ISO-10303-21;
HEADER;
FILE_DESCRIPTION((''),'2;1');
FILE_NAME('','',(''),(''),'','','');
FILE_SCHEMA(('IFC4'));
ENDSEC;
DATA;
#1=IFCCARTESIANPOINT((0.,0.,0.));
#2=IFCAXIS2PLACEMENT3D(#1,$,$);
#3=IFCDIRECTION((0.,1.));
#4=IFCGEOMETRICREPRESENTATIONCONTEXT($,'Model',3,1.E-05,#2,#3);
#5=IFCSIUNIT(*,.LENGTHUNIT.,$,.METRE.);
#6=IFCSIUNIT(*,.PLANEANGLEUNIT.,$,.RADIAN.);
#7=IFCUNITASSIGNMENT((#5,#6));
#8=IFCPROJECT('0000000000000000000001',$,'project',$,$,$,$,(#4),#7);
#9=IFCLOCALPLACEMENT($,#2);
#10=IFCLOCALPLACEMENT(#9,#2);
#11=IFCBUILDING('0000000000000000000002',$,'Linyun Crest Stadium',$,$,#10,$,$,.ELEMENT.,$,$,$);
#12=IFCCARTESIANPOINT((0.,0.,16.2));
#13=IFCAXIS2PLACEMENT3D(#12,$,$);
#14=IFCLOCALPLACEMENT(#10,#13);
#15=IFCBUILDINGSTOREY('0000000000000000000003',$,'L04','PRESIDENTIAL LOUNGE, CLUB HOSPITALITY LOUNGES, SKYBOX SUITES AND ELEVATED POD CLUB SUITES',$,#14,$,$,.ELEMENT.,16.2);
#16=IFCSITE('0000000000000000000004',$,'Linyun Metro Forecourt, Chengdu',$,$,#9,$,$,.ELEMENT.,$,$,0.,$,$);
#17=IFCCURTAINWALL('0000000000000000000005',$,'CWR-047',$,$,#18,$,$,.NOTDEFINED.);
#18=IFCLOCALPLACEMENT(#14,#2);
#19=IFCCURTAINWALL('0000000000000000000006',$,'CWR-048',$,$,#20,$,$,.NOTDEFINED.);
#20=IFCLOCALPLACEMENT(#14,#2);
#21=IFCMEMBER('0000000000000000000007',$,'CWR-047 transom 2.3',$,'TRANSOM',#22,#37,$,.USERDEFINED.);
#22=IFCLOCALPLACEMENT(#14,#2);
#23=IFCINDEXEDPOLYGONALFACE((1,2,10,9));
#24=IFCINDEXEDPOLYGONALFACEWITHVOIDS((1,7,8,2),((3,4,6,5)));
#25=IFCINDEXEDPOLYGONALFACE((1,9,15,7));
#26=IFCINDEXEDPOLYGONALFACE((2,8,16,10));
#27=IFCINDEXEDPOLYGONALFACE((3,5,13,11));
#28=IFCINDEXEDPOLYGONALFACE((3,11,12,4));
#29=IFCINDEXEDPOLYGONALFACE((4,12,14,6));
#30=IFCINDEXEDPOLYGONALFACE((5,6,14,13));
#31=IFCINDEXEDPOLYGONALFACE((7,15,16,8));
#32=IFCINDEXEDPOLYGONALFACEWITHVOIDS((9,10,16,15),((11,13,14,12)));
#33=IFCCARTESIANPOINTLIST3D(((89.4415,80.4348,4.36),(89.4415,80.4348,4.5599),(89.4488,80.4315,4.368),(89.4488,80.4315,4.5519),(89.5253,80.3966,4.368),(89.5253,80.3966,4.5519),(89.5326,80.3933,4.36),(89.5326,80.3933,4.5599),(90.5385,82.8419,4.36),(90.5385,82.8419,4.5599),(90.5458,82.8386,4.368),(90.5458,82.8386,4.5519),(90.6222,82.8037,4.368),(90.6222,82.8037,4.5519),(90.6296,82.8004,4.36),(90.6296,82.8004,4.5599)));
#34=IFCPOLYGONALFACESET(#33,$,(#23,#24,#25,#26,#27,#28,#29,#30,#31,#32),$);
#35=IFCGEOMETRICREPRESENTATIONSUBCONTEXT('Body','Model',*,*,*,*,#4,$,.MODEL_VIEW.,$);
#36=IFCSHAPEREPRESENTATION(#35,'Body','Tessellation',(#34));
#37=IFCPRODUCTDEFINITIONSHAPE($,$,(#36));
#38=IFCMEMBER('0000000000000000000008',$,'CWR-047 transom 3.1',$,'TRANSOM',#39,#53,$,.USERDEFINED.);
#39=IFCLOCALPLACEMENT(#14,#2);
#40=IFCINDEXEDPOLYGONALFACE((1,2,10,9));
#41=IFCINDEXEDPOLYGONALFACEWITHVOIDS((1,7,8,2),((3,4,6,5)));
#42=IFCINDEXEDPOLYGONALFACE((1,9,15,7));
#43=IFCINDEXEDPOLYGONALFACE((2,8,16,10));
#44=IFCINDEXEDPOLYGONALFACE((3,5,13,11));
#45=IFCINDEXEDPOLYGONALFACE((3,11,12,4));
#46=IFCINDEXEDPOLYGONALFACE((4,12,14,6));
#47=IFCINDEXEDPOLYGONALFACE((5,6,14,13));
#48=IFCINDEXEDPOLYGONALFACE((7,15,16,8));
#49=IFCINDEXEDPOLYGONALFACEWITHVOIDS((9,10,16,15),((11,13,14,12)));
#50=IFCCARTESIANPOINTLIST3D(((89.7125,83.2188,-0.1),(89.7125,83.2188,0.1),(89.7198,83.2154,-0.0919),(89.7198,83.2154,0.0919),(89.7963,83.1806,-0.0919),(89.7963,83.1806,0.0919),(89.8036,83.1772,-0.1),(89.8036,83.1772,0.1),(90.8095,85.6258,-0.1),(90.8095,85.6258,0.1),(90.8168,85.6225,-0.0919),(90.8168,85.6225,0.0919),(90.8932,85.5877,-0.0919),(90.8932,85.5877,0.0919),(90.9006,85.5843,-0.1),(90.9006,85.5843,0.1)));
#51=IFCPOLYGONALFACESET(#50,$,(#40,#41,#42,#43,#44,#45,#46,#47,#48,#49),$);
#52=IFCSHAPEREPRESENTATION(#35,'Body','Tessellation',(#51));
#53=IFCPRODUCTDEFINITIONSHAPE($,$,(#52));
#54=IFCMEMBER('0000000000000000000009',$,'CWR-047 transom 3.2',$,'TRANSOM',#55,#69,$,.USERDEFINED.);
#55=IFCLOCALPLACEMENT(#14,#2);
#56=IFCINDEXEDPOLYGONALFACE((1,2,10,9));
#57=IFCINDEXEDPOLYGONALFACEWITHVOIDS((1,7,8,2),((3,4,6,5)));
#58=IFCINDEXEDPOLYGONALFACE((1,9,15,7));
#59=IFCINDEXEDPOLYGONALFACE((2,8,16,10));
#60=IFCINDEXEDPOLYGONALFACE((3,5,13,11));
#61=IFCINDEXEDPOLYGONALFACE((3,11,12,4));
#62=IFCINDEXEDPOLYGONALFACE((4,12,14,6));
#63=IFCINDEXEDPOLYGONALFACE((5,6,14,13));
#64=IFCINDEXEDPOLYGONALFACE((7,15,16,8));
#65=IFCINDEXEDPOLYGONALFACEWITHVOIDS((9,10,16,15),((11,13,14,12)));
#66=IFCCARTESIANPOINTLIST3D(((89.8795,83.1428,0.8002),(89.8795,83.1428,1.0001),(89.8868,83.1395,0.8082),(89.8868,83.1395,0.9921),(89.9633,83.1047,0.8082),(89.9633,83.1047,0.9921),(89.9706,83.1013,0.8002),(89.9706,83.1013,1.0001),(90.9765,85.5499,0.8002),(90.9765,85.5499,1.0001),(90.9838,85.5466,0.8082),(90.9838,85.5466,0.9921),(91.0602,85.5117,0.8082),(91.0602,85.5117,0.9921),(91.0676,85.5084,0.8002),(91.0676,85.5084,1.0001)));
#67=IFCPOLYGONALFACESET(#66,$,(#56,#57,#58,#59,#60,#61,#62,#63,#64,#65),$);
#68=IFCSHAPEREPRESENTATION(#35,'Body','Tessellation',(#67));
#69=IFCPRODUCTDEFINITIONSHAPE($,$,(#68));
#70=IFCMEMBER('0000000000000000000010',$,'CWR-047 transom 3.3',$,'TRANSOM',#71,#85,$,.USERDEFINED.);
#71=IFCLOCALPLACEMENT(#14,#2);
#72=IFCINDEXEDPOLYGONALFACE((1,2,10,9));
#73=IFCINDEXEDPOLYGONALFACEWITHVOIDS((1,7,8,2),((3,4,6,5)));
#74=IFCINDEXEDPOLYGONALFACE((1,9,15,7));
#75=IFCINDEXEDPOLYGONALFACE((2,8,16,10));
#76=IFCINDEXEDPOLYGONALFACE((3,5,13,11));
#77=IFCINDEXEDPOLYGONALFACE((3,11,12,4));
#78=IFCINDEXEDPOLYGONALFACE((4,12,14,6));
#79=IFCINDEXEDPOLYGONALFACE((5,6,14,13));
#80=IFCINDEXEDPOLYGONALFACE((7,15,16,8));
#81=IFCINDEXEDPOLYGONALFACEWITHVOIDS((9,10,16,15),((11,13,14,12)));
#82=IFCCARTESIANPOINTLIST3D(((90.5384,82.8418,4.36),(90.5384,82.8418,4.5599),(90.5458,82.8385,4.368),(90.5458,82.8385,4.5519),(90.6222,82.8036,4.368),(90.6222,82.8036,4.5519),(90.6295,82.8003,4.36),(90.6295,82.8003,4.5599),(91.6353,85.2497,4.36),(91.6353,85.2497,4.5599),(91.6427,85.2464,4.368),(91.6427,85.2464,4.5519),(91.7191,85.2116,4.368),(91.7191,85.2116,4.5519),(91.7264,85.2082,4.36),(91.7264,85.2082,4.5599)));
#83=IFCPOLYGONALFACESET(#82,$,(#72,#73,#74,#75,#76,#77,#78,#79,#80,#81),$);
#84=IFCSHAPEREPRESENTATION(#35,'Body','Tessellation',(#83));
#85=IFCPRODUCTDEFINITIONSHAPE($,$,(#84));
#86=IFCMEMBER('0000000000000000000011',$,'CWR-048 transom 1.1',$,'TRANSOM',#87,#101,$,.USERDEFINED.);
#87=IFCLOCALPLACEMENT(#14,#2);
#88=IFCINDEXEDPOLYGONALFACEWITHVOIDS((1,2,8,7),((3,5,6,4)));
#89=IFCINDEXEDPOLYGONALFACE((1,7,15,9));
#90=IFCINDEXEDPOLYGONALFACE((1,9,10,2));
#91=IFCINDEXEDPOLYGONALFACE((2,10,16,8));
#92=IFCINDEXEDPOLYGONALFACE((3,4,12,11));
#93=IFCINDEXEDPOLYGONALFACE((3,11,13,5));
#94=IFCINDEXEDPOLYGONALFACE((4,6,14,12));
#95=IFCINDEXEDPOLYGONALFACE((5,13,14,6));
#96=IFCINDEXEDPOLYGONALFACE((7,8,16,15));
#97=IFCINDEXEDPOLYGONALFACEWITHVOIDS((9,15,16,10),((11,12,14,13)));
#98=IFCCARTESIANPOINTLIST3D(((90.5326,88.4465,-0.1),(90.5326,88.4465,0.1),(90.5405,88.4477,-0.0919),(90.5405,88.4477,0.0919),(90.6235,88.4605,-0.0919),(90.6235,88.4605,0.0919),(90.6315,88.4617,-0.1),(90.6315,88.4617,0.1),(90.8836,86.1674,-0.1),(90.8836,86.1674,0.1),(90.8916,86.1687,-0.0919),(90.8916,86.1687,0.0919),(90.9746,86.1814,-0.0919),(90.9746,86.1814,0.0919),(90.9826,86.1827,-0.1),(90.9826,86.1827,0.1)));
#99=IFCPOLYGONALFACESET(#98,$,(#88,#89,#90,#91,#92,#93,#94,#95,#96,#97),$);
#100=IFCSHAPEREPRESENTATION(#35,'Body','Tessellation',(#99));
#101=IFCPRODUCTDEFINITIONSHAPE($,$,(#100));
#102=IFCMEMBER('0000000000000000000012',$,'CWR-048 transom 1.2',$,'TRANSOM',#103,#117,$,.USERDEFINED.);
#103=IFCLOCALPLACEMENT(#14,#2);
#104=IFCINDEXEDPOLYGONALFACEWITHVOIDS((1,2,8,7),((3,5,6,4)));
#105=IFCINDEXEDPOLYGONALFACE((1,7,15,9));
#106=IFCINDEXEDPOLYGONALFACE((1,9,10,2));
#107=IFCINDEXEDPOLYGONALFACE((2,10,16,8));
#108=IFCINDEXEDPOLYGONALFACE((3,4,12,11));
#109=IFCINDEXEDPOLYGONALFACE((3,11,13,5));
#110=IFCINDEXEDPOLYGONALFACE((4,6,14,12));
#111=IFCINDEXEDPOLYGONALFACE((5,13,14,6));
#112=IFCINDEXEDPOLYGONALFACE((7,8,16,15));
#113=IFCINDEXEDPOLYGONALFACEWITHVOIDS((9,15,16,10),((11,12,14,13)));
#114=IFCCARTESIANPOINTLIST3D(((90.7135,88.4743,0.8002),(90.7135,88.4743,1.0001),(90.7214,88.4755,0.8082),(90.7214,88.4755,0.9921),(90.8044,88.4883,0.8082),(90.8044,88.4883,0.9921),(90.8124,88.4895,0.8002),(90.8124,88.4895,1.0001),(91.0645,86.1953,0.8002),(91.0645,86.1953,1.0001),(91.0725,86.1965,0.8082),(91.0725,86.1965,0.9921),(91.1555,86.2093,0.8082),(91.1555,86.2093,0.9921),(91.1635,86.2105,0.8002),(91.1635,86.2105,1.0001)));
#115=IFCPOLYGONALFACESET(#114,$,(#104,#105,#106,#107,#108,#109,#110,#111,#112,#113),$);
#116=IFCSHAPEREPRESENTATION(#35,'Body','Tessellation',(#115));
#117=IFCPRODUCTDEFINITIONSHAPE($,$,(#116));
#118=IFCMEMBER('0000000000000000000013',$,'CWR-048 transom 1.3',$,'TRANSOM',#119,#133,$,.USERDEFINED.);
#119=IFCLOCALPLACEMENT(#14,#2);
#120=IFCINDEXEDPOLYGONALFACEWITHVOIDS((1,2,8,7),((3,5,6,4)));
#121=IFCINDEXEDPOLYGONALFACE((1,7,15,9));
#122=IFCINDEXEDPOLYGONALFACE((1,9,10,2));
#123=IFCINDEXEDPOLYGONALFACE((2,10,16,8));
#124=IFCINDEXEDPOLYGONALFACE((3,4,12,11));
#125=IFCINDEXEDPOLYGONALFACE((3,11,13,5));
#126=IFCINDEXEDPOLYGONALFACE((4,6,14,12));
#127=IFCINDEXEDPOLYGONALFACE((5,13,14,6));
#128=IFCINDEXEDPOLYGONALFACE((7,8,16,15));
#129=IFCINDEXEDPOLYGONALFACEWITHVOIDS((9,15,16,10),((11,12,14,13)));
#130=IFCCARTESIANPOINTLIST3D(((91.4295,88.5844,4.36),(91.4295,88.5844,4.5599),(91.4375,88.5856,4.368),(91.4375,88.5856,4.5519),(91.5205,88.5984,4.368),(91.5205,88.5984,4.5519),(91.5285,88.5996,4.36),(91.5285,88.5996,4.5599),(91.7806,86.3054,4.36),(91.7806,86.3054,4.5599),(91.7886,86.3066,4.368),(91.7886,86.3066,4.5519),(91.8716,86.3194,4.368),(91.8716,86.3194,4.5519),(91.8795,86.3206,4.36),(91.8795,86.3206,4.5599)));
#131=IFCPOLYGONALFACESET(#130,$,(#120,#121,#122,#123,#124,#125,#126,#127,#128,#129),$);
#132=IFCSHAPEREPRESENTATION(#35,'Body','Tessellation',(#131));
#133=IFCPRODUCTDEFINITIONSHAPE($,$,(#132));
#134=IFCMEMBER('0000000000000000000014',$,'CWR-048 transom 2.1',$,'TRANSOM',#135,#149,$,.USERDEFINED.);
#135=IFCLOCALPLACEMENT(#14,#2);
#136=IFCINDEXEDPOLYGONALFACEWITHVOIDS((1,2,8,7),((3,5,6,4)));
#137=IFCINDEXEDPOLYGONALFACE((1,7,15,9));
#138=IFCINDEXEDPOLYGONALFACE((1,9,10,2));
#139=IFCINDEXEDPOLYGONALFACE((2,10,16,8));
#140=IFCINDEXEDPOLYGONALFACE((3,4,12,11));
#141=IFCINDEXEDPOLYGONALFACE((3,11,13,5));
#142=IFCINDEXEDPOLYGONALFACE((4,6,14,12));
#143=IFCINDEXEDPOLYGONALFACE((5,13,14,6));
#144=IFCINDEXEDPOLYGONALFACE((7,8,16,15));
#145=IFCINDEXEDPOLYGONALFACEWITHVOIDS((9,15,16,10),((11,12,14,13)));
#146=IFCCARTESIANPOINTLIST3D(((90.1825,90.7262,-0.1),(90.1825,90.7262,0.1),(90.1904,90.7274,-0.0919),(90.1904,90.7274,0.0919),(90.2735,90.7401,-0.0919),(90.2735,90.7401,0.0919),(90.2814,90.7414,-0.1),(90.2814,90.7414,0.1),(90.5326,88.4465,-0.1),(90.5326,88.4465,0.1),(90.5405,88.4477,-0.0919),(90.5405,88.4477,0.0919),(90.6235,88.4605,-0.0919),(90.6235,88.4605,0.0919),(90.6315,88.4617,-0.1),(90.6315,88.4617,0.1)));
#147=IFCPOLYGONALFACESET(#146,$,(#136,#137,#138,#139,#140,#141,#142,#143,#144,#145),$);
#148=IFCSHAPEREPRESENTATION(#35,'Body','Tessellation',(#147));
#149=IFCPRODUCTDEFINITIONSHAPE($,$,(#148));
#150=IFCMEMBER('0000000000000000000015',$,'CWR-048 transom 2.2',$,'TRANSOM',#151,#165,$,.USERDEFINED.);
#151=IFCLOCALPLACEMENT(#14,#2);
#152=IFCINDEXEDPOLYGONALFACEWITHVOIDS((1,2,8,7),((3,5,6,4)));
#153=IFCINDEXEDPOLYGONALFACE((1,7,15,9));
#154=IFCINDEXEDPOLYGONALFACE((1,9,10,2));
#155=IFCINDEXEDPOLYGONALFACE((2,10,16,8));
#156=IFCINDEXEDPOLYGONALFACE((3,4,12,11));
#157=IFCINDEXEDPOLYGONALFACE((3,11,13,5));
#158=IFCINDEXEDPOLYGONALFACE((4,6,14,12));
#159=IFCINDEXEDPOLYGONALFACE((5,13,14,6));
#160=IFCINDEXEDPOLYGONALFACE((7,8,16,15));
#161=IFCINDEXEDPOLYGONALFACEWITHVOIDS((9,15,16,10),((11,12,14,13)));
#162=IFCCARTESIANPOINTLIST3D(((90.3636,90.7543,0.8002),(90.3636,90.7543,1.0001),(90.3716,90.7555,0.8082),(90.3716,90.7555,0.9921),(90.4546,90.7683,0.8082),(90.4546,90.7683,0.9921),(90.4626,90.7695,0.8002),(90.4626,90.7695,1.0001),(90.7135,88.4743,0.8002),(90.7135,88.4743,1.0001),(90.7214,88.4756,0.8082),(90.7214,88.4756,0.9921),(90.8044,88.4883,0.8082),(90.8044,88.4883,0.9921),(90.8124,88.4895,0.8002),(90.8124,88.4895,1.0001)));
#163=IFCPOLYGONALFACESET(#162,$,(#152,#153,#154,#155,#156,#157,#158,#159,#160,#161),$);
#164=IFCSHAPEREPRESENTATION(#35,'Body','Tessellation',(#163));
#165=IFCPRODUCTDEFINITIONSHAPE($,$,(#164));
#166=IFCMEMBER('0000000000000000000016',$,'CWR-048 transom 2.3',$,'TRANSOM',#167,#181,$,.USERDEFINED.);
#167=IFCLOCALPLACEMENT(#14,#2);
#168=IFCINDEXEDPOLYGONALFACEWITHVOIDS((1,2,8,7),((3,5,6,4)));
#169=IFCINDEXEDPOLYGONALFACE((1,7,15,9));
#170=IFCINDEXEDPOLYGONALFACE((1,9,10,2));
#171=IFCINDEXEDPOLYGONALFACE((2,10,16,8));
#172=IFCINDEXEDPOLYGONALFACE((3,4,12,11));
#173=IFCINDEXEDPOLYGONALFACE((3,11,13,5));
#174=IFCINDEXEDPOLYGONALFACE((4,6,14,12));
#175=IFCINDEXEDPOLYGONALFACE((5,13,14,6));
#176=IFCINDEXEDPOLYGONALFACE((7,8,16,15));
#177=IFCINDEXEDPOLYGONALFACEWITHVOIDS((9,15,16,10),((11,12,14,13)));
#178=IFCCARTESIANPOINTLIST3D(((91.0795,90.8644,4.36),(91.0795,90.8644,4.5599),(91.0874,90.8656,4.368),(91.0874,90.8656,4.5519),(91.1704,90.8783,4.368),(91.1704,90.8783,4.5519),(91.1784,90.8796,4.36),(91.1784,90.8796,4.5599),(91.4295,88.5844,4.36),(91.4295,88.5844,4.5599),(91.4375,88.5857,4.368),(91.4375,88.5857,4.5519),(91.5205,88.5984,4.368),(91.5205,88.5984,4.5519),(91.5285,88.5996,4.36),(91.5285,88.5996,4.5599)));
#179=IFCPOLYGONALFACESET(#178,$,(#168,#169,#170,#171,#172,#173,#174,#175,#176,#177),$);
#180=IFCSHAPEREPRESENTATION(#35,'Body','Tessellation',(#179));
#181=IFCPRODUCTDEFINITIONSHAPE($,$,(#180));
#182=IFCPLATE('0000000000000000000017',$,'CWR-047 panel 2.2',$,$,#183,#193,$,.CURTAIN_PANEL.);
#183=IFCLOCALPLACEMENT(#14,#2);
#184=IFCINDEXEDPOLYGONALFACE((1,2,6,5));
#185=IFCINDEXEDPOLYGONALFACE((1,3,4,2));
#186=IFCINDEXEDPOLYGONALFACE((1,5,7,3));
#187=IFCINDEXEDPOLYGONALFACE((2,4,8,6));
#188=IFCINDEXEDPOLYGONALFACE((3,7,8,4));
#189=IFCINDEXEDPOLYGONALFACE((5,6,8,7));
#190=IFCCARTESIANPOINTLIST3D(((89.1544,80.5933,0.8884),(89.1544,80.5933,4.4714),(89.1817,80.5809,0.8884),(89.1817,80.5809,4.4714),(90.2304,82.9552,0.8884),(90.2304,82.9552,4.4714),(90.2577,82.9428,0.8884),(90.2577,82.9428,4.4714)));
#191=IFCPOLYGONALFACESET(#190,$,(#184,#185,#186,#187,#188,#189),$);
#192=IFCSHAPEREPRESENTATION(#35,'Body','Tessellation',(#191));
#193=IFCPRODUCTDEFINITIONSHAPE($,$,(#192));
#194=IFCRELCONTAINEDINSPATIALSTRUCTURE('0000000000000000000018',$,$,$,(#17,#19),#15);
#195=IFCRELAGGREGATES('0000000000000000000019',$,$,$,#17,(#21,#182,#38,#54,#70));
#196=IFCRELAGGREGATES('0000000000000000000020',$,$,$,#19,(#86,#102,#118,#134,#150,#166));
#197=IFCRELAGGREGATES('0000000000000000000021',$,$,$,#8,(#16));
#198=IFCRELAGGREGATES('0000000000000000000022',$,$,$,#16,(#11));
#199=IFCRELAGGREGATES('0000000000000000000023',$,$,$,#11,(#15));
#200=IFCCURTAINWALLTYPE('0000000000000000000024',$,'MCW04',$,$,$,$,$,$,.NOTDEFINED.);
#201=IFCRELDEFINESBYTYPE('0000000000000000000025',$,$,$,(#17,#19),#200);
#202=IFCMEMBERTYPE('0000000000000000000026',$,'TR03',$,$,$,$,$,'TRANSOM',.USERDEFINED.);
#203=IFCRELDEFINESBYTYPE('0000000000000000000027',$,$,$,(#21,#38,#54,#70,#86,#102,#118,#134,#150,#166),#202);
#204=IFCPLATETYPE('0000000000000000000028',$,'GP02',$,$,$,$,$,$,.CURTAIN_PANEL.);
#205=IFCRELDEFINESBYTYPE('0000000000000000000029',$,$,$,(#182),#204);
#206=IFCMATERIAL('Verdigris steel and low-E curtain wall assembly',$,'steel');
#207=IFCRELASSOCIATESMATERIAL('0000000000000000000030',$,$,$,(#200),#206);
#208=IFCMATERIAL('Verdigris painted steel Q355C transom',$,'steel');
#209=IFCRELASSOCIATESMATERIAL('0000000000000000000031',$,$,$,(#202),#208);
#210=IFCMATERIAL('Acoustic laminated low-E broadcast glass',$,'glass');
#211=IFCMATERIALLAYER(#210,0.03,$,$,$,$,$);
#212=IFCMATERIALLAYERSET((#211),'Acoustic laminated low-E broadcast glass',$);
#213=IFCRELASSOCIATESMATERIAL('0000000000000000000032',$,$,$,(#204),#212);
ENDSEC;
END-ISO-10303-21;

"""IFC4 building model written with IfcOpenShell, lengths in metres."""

from ifc_helpers import new_model, si_unit, direction, frame, origin, origin_2d, place, context, subcontext, project, spatial, rectangle, hollow_rectangle, extrude, material, layer, layer_set, material_profile, profile_set, type_object, element, aggregate, save


model = new_model("IFC4")

# Units and contexts
model_context = context("Model", 3, precision=1e-05, world=origin(), true_north=direction((0.0, 1.0)))
body_context = subcontext(model_context, "Body", "Model", "MODEL_VIEW")
ifc_project = project(units=[si_unit("LENGTHUNIT", "METRE"), si_unit("PLANEANGLEUNIT", "RADIAN")], contexts=[model_context])

# Site, building, storey
site_placement = place(None, origin())
site = spatial("IfcSite", under=ifc_project, at=site_placement, Name="Linyun Metro Forecourt, Chengdu", CompositionType="ELEMENT", RefElevation=0.0)
building_placement = place(site_placement, origin())
building = spatial("IfcBuilding", under=site, at=building_placement, Name="Linyun Crest Stadium", CompositionType="ELEMENT")
storey_placement = place(building_placement, frame((0.0, 0.0, 16.2)))
storey = spatial("IfcBuildingStorey", under=building, at=storey_placement, Name="L04", Description="PRESIDENTIAL LOUNGE, CLUB HOSPITALITY LOUNGES, SKYBOX SUITES AND ELEVATED POD CLUB SUITES", CompositionType="ELEMENT", Elevation=16.2)

# Curtain walls
ifc_material_1 = material(Name="Verdigris steel and low-E curtain wall assembly", Category="steel")
curtain_wall_type = type_object("IfcCurtainWallType", Name="MCW04", PredefinedType="NOTDEFINED", material=ifc_material_1)
curtain_wall_1_placement = place(storey_placement, origin())
curtain_wall_1 = element("IfcCurtainWall", 1, at=curtain_wall_1_placement, inside=storey, type_object=curtain_wall_type, Name="CWR-047", PredefinedType="NOTDEFINED")
curtain_wall_2_placement = place(storey_placement, origin())
curtain_wall_2 = element("IfcCurtainWall", 2, at=curtain_wall_2_placement, inside=storey, type_object=curtain_wall_type, Name="CWR-048", PredefinedType="NOTDEFINED")

# Members
ifc_material_2 = material(Name="Verdigris painted steel Q355C transom", Category="steel")
ifc_material_profile_1 = material_profile(ifc_material_2, hollow_rectangle(XDim=0.1001, YDim=0.2, WallThickness=0.0081, at=origin_2d()), Name="RHS 200x100x8")
ifc_profile_set_1 = profile_set([ifc_material_profile_1], Name="Verdigris painted steel Q355C transom")
member_type_1 = type_object("IfcMemberType", Name="TR03", ElementType="TRANSOM", PredefinedType="USERDEFINED", material=ifc_profile_set_1)
member_1_placement = place(storey_placement, frame((89.4871, 80.4141, 4.46), z_axis=(0.414693, 0.909961, 0.0), x_axis=(-0.909961, 0.414693, 0.0)))
member_1 = element("IfcMember", 3, at=member_1_placement, type_object=member_type_1, Name="CWR-047 transom 2.3", ObjectType="TRANSOM", PredefinedType="USERDEFINED", context=body_context, shape_type="SweptSolid", body=[
    extrude(hollow_rectangle(XDim=0.1001, YDim=0.2, WallThickness=0.0081, at=origin_2d()), origin(), (0.0, 0.0, 1.0), 2.6453),
])
member_2_placement = place(storey_placement, frame((89.7581, 83.198, 0.0), z_axis=(0.414693, 0.909961, 0.0), x_axis=(-0.909961, 0.414693, 0.0)))
member_2 = element("IfcMember", 4, at=member_2_placement, type_object=member_type_1, Name="CWR-047 transom 3.1", ObjectType="TRANSOM", PredefinedType="USERDEFINED", context=body_context, shape_type="SweptSolid", body=[
    extrude(hollow_rectangle(XDim=0.1001, YDim=0.2, WallThickness=0.0081, at=origin_2d()), origin(), (0.0, 0.0, 1.0), 2.6453),
])
member_3_placement = place(storey_placement, frame((89.925, 83.1221, 0.9001), z_axis=(0.414693, 0.909961, 0.0), x_axis=(-0.909961, 0.414693, 0.0)))
member_3 = element("IfcMember", 5, at=member_3_placement, type_object=member_type_1, Name="CWR-047 transom 3.2", ObjectType="TRANSOM", PredefinedType="USERDEFINED", context=body_context, shape_type="SweptSolid", body=[
    extrude(hollow_rectangle(XDim=0.1001, YDim=0.2, WallThickness=0.0081, at=origin_2d()), origin(), (0.0, 0.0, 1.0), 2.6453),
])
member_4_placement = place(storey_placement, frame((90.584, 82.821, 4.46), z_axis=(0.414554, 0.910025, 0.0), x_axis=(-0.910025, 0.414554, 0.0)))
member_4 = element("IfcMember", 6, at=member_4_placement, type_object=member_type_1, Name="CWR-047 transom 3.3", ObjectType="TRANSOM", PredefinedType="USERDEFINED", context=body_context, shape_type="SweptSolid", body=[
    extrude(hollow_rectangle(XDim=0.1001, YDim=0.2, WallThickness=0.0081, at=origin_2d()), origin(), (0.0, 0.0, 1.0), 2.646),
])
member_5_placement = place(storey_placement, frame((90.9331, 86.175, 0.0), z_axis=(-0.152248, 0.988342, 0.0), x_axis=(-0.988342, -0.152248, 0.0)))
member_5 = element("IfcMember", 7, at=member_5_placement, type_object=member_type_1, Name="CWR-048 transom 1.1", ObjectType="TRANSOM", PredefinedType="USERDEFINED", context=body_context, shape_type="SweptSolid", body=[
    extrude(hollow_rectangle(XDim=0.1001, YDim=0.2, WallThickness=0.0081, at=origin_2d()), origin(), (0.0, 0.0, 1.0), 2.3059),
])
member_6_placement = place(storey_placement, frame((91.114, 86.2029, 0.9001), z_axis=(-0.152248, 0.988342, 0.0), x_axis=(-0.988342, -0.152248, 0.0)))
member_6 = element("IfcMember", 8, at=member_6_placement, type_object=member_type_1, Name="CWR-048 transom 1.2", ObjectType="TRANSOM", PredefinedType="USERDEFINED", context=body_context, shape_type="SweptSolid", body=[
    extrude(hollow_rectangle(XDim=0.1001, YDim=0.2, WallThickness=0.0081, at=origin_2d()), origin(), (0.0, 0.0, 1.0), 2.3059),
])
member_7_placement = place(storey_placement, frame((91.8301, 86.313, 4.46), z_axis=(-0.152248, 0.988342, 0.0), x_axis=(-0.988342, -0.152248, 0.0)))
member_7 = element("IfcMember", 9, at=member_7_placement, type_object=member_type_1, Name="CWR-048 transom 1.3", ObjectType="TRANSOM", PredefinedType="USERDEFINED", context=body_context, shape_type="SweptSolid", body=[
    extrude(hollow_rectangle(XDim=0.1001, YDim=0.2, WallThickness=0.0081, at=origin_2d()), origin(), (0.0, 0.0, 1.0), 2.3059),
])
member_8_placement = place(storey_placement, frame((90.582, 88.4541, 0.0), z_axis=(-0.151787, 0.988413, 0.0), x_axis=(-0.988413, -0.151787, 0.0)))
member_8 = element("IfcMember", 10, at=member_8_placement, type_object=member_type_1, Name="CWR-048 transom 2.1", ObjectType="TRANSOM", PredefinedType="USERDEFINED", context=body_context, shape_type="SweptSolid", body=[
    extrude(hollow_rectangle(XDim=0.1001, YDim=0.2, WallThickness=0.0081, at=origin_2d()), origin(), (0.0, 0.0, 1.0), 2.3064),
])
member_9_placement = place(storey_placement, frame((90.7629, 88.4819, 0.9001), z_axis=(-0.151667, 0.988432, 0.0), x_axis=(-0.988432, -0.151667, 0.0)))
member_9 = element("IfcMember", 11, at=member_9_placement, type_object=member_type_1, Name="CWR-048 transom 2.2", ObjectType="TRANSOM", PredefinedType="USERDEFINED", context=body_context, shape_type="SweptSolid", body=[
    extrude(hollow_rectangle(XDim=0.1001, YDim=0.2, WallThickness=0.0081, at=origin_2d()), origin(), (0.0, 0.0, 1.0), 2.3066),
])
member_10_placement = place(storey_placement, frame((91.479, 88.592, 4.46), z_axis=(-0.151771, 0.988416, 0.0), x_axis=(-0.988416, -0.151771, 0.0)))
member_10 = element("IfcMember", 12, at=member_10_placement, type_object=member_type_1, Name="CWR-048 transom 2.3", ObjectType="TRANSOM", PredefinedType="USERDEFINED", context=body_context, shape_type="SweptSolid", body=[
    extrude(hollow_rectangle(XDim=0.1001, YDim=0.2, WallThickness=0.0081, at=origin_2d()), origin(), (0.0, 0.0, 1.0), 2.3066),
])

# Plate
ifc_material_3 = material(Name="Acoustic laminated low-E broadcast glass", Category="glass")
ifc_layer_1 = layer(ifc_material_3, 0.03)
ifc_layer_set_1 = layer_set([ifc_layer_1], Name="Acoustic laminated low-E broadcast glass")
plate_type_1 = type_object("IfcPlateType", Name="GP02", PredefinedType="CURTAIN_PANEL", material=ifc_layer_set_1)
plate_1_placement = place(storey_placement, frame((89.7061, 81.7681, 0.8884), z_axis=(0.0, 0.0, 1.0), x_axis=(0.414566, 0.910019, 0.0)))
plate_1 = element("IfcPlate", 13, at=plate_1_placement, type_object=plate_type_1, Name="CWR-047 panel 2.2", PredefinedType="CURTAIN_PANEL", context=body_context, shape_type="SweptSolid", body=[
    extrude(rectangle(XDim=2.5955, YDim=0.03, at=origin_2d()), origin(), (0.0, 0.0, 1.0), 3.583),
])
aggregate(curtain_wall_1, [member_1, plate_1, member_2, member_3, member_4])
aggregate(curtain_wall_2, [member_5, member_6, member_7, member_8, member_9, member_10])

save(model, "model.ifc")
